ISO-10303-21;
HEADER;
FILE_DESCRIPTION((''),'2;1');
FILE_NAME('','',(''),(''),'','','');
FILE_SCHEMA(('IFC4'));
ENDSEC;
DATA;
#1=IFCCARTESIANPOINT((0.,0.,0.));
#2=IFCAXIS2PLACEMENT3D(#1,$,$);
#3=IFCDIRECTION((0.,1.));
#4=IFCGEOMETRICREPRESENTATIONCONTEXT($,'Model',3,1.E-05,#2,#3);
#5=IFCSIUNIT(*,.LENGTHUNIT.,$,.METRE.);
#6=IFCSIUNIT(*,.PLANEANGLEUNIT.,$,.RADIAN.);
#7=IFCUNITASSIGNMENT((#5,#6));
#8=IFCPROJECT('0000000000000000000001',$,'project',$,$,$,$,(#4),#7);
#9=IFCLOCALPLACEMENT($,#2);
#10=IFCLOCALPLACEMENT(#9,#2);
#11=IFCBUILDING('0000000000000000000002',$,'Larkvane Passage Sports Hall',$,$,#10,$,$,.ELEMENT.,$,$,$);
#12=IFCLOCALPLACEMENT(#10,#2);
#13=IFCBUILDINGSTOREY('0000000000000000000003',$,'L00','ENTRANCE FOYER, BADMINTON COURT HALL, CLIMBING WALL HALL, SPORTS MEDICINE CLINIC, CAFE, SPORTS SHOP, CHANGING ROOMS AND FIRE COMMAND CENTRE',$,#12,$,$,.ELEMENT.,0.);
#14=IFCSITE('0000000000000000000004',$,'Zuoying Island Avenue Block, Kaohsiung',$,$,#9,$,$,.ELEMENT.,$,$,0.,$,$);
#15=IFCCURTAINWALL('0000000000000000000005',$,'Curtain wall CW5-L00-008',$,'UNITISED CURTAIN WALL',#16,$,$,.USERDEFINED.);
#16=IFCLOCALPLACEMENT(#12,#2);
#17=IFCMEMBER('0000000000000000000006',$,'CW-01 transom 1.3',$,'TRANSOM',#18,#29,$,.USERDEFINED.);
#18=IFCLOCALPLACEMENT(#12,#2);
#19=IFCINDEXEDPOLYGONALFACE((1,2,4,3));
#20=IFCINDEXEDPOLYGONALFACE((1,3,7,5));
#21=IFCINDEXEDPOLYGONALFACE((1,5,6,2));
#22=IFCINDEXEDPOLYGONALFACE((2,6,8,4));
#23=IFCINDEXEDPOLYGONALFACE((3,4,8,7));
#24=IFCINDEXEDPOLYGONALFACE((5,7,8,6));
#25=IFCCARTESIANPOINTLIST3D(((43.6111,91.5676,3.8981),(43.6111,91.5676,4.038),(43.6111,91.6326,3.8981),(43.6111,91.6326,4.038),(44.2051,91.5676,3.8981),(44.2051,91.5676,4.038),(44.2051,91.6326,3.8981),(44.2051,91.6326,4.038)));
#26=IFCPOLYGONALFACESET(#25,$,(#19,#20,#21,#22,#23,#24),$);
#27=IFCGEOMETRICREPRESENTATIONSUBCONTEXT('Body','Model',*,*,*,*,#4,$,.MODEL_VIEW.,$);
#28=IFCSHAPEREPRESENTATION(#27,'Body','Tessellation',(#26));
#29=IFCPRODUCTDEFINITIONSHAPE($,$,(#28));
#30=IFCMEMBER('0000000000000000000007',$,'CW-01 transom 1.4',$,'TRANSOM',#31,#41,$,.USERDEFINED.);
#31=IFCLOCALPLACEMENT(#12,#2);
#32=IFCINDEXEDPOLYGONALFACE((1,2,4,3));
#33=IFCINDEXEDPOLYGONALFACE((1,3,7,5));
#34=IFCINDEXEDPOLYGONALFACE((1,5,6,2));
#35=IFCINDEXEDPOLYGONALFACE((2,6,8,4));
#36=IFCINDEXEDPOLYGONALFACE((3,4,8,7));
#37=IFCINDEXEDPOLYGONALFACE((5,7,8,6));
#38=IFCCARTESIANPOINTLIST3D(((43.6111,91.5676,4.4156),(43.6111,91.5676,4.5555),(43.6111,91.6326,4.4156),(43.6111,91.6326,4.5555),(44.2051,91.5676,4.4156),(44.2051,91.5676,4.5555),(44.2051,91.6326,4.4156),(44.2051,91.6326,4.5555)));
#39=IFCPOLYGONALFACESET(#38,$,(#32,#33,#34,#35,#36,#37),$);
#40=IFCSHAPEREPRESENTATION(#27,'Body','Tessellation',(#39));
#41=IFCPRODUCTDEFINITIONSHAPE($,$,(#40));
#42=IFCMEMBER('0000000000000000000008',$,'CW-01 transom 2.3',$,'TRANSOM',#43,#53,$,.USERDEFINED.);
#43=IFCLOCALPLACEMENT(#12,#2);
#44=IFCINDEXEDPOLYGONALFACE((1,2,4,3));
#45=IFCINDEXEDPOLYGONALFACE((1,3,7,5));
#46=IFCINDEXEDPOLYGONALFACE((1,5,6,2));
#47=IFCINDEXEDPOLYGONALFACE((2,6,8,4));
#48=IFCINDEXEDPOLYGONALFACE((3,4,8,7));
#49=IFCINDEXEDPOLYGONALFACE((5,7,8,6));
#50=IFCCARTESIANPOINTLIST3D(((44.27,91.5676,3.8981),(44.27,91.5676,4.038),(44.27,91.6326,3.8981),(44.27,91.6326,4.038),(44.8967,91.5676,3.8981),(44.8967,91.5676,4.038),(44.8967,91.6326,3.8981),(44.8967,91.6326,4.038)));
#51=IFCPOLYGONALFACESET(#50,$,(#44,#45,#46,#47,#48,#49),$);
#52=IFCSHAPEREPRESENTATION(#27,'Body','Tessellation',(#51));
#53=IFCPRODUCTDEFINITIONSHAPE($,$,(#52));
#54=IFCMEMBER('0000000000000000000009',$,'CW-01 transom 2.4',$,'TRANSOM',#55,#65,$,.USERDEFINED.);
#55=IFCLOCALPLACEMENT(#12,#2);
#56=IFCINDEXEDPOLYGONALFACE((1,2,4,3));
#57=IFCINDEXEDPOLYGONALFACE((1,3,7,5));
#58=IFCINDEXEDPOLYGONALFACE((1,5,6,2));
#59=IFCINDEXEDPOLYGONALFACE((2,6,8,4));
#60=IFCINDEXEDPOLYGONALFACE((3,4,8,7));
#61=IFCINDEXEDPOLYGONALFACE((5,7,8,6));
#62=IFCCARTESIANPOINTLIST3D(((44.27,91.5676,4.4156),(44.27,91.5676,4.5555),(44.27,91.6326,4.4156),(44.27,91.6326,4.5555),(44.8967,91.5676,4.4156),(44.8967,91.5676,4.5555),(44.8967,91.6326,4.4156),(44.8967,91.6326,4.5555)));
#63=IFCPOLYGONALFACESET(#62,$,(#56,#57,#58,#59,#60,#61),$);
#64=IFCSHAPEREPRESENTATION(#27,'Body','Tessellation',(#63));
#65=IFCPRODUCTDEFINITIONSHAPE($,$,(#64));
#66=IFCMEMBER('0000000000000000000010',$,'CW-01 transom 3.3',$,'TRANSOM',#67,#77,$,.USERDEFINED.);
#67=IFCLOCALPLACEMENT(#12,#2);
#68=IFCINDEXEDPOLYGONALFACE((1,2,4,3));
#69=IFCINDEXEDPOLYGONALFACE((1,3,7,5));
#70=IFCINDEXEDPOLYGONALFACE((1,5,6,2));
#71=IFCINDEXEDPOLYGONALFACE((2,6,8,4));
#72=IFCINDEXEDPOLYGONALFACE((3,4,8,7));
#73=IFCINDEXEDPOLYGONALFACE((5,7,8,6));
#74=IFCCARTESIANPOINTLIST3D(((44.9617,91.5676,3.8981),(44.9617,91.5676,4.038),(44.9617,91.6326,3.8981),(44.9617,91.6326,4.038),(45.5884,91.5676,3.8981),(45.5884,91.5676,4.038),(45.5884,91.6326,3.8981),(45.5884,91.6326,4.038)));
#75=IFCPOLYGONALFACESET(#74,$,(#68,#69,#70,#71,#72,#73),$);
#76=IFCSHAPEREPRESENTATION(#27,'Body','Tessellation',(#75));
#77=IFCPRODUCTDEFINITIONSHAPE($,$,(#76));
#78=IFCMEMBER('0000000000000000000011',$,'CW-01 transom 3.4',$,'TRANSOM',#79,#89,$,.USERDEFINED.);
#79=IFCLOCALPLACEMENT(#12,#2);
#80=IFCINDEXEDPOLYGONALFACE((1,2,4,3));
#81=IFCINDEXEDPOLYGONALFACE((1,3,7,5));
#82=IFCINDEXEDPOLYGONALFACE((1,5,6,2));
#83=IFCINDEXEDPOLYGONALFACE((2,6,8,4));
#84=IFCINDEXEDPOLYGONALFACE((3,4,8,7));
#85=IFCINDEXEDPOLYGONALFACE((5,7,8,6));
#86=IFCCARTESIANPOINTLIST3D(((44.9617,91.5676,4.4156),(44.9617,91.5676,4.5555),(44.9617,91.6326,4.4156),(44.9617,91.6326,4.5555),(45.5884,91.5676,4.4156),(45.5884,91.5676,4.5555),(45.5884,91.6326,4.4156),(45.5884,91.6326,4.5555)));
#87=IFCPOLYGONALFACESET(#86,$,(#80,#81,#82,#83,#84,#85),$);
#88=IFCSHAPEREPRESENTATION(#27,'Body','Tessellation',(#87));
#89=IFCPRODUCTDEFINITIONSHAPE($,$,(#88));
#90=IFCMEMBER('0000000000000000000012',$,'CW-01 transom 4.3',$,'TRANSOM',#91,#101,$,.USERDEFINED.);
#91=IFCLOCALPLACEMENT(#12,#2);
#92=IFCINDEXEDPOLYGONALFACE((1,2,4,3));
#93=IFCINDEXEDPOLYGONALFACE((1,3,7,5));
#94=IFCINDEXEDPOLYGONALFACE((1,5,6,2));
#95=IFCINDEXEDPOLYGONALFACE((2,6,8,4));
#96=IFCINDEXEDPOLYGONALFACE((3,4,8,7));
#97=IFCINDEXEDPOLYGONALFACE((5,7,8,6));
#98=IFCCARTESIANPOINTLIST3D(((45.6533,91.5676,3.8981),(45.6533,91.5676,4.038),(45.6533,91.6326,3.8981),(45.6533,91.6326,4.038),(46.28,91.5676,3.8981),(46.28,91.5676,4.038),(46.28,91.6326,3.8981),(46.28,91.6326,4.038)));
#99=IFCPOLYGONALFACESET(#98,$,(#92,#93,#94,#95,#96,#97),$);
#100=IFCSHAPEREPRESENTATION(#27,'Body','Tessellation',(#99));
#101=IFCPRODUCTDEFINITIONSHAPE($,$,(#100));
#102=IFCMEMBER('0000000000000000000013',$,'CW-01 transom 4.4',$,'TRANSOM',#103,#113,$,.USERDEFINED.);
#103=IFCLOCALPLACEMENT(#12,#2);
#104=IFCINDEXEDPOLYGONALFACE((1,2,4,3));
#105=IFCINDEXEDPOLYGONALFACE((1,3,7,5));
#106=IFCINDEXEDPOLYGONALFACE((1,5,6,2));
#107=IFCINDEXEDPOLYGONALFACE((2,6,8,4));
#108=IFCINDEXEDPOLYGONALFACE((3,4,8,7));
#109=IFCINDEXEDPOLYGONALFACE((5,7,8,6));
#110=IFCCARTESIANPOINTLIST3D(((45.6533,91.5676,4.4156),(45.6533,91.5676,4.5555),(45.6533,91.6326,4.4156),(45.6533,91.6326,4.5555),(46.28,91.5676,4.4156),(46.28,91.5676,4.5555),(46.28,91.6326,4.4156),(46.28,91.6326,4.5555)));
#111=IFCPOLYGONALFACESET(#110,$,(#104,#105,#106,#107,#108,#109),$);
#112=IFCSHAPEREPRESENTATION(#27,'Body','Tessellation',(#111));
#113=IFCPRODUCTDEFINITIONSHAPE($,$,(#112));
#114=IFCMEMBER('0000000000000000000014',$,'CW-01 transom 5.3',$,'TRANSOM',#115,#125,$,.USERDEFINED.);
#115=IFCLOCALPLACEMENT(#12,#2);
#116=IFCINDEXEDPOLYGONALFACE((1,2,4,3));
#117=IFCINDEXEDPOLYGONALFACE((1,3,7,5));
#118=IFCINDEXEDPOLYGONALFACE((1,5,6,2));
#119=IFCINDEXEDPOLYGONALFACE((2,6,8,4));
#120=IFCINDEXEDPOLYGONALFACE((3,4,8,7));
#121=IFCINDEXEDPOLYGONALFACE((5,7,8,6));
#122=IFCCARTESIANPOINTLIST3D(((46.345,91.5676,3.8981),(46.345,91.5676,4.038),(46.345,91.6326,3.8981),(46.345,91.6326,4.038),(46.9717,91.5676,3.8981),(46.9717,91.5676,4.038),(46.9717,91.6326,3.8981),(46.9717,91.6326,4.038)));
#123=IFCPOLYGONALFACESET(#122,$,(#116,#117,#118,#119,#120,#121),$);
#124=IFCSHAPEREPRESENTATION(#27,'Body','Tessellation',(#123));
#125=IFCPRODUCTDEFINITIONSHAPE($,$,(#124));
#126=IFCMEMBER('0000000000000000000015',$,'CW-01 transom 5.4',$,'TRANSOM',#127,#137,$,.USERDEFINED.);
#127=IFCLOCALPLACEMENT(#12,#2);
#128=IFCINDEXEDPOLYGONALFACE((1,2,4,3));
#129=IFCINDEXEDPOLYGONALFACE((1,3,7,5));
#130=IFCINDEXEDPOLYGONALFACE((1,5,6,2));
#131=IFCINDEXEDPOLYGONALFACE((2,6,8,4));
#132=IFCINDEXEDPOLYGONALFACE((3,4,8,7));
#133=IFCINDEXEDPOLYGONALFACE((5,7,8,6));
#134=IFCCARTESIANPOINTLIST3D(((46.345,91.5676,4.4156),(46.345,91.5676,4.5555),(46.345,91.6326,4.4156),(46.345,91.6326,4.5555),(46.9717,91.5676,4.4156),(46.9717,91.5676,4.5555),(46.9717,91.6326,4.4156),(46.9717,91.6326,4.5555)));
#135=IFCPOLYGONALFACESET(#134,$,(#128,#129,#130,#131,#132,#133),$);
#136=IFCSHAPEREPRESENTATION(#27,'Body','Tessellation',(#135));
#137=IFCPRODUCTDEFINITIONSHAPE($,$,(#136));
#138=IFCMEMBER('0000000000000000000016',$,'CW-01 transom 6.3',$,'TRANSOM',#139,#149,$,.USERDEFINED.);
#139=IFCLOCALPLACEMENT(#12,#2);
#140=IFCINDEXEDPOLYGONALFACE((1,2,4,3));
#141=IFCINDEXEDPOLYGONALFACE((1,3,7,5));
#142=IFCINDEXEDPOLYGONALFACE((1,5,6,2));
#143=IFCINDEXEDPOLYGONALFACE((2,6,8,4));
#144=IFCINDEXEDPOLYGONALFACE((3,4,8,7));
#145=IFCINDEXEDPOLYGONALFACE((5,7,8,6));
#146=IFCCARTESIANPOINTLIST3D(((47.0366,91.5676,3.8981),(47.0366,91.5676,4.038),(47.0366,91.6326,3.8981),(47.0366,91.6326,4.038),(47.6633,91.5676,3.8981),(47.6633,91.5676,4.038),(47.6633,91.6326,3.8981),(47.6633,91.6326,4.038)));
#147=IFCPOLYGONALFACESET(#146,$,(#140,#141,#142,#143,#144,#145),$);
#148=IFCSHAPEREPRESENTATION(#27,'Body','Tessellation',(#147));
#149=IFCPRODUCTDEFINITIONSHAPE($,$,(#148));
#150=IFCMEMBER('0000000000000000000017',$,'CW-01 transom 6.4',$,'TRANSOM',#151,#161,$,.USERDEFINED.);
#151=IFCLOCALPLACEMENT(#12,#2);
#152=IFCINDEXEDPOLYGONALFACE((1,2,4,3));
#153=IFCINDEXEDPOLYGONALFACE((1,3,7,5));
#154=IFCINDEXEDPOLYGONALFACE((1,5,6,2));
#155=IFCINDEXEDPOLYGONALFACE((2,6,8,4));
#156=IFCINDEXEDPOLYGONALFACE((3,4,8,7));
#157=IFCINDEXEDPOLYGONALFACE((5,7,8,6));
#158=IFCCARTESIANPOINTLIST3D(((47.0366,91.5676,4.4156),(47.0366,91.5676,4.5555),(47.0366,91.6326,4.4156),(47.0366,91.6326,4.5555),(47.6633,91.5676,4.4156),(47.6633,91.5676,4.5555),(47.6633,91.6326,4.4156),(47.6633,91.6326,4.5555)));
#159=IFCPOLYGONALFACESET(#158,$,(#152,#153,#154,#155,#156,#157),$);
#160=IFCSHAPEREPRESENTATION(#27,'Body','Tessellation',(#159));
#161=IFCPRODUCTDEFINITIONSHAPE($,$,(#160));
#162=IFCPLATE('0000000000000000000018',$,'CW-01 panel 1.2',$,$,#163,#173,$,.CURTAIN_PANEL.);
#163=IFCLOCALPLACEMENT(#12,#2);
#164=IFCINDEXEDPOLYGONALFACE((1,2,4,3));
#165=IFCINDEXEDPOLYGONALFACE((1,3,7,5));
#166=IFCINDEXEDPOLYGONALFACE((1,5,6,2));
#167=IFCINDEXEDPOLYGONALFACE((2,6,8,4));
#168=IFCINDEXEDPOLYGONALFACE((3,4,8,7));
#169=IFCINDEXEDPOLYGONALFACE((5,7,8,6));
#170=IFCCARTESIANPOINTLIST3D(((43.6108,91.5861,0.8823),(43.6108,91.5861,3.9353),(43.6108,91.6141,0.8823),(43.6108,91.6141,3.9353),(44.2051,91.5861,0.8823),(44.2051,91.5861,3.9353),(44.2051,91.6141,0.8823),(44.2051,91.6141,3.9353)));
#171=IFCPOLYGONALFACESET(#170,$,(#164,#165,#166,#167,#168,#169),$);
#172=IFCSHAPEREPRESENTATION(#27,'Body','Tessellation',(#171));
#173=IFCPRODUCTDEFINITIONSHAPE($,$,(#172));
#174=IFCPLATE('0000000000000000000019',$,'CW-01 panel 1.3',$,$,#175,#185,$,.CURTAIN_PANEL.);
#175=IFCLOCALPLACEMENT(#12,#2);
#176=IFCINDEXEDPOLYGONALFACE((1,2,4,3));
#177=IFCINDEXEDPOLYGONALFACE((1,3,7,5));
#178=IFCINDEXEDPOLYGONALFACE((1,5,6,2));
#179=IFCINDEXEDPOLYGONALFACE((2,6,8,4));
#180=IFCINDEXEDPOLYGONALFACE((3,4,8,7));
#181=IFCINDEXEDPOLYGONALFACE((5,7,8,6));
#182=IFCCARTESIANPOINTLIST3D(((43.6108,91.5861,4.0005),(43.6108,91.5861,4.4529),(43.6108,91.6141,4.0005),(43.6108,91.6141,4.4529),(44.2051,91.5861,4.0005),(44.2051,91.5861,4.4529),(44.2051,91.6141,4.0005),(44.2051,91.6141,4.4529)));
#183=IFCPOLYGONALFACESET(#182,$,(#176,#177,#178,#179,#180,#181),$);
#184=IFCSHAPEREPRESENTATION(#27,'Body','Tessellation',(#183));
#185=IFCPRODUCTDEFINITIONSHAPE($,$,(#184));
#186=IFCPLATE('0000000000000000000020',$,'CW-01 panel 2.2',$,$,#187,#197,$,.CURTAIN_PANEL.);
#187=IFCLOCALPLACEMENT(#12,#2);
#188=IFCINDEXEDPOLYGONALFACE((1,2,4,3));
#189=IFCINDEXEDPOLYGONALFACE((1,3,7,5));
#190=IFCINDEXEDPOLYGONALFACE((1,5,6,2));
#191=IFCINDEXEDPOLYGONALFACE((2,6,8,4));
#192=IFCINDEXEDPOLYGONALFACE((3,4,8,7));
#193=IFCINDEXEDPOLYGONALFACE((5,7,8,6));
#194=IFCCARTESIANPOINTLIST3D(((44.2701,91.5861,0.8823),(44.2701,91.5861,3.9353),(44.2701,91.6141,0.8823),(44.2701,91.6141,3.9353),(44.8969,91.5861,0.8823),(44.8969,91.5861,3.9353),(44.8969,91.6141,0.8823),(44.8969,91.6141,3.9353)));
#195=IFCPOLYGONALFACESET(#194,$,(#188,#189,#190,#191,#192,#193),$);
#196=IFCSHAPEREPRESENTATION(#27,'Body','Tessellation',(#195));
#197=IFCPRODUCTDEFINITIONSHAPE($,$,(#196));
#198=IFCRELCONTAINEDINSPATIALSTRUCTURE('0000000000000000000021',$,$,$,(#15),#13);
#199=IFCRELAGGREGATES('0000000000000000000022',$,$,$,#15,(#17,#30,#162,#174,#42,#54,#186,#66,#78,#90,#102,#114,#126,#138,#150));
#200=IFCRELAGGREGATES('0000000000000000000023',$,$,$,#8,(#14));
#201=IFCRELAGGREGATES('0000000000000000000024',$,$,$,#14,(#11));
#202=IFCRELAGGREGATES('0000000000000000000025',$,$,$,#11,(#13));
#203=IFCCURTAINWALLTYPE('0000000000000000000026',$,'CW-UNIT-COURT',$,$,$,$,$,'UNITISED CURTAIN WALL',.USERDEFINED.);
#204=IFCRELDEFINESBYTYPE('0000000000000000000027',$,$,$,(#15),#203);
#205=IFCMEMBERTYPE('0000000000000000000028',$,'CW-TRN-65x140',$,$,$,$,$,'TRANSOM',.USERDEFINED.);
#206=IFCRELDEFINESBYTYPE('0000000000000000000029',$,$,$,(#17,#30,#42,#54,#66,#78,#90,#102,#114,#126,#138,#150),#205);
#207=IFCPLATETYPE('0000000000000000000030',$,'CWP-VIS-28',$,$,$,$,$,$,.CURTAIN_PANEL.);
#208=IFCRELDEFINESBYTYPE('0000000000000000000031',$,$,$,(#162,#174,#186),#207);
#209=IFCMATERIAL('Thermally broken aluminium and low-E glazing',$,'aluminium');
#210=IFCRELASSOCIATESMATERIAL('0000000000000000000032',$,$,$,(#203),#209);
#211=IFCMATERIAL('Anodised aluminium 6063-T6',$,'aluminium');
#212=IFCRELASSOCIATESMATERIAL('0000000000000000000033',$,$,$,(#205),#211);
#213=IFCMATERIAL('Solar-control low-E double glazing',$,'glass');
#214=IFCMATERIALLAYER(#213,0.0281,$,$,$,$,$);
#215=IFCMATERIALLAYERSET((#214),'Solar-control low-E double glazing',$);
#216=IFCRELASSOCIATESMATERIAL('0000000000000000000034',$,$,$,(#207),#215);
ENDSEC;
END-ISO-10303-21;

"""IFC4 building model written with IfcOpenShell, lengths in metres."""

from ifc_helpers import new_model, si_unit, direction, frame, origin, origin_2d, place, context, subcontext, project, spatial, rectangle, extrude, material, layer, layer_set, material_profile, profile_set, type_object, element, aggregate, save


model = new_model("IFC4")

# Units and contexts
model_context = context("Model", 3, precision=1e-05, world=origin(), true_north=direction((0.0, 1.0)))
body_context = subcontext(model_context, "Body", "Model", "MODEL_VIEW")
ifc_project = project(units=[si_unit("LENGTHUNIT", "METRE"), si_unit("PLANEANGLEUNIT", "RADIAN")], contexts=[model_context])

# Site, building, storey
site_placement = place(None, origin())
site = spatial("IfcSite", under=ifc_project, at=site_placement, Name="Zuoying Island Avenue Block, Kaohsiung", CompositionType="ELEMENT", RefElevation=0.0)
building_placement = place(site_placement, origin())
building = spatial("IfcBuilding", under=site, at=building_placement, Name="Larkvane Passage Sports Hall", CompositionType="ELEMENT")
storey_placement = place(building_placement, origin())
storey = spatial("IfcBuildingStorey", under=building, at=storey_placement, Name="L00", Description="ENTRANCE FOYER, BADMINTON COURT HALL, CLIMBING WALL HALL, SPORTS MEDICINE CLINIC, CAFE, SPORTS SHOP, CHANGING ROOMS AND FIRE COMMAND CENTRE", CompositionType="ELEMENT", Elevation=0.0)

# Curtain wall, members, plates
ifc_material_1 = material(Name="Thermally broken aluminium and low-E glazing", Category="aluminium")
curtain_wall_type = type_object("IfcCurtainWallType", Name="CW-UNIT-COURT", ElementType="UNITISED CURTAIN WALL", PredefinedType="USERDEFINED", material=ifc_material_1)
curtain_wall_placement = place(storey_placement, origin())
curtain_wall = element("IfcCurtainWall", 1, at=curtain_wall_placement, inside=storey, type_object=curtain_wall_type, Name="Curtain wall CW5-L00-008", ObjectType="UNITISED CURTAIN WALL", PredefinedType="USERDEFINED")
ifc_material_2 = material(Name="Anodised aluminium 6063-T6", Category="aluminium")
ifc_material_profile = material_profile(ifc_material_2, rectangle(XDim=0.0649, YDim=0.1399, at=origin_2d()), Name="ALU-TRN-65x140")
ifc_profile_set = profile_set([ifc_material_profile], Name="Anodised aluminium 6063-T6")
member_type = type_object("IfcMemberType", Name="CW-TRN-65x140", ElementType="TRANSOM", PredefinedType="USERDEFINED", material=ifc_profile_set)
member_1_placement = place(storey_placement, frame((43.6111, 91.6001, 3.968), z_axis=(1.0, 0.0, 0.0), x_axis=(0.0, 1.0, 0.0)))
member_1 = element("IfcMember", 2, at=member_1_placement, type_object=member_type, Name="CW-01 transom 1.3", ObjectType="TRANSOM", PredefinedType="USERDEFINED", context=body_context, shape_type="SweptSolid", body=[
    extrude(rectangle(XDim=0.0649, YDim=0.1399, at=origin_2d()), origin(), (0.0, 0.0, 1.0), 0.594),
])
member_2_placement = place(storey_placement, frame((43.6111, 91.6001, 4.4856), z_axis=(1.0, 0.0, 0.0), x_axis=(0.0, 1.0, 0.0)))
member_2 = element("IfcMember", 3, at=member_2_placement, type_object=member_type, Name="CW-01 transom 1.4", ObjectType="TRANSOM", PredefinedType="USERDEFINED", context=body_context, shape_type="SweptSolid", body=[
    extrude(rectangle(XDim=0.0649, YDim=0.1399, at=origin_2d()), origin(), (0.0, 0.0, 1.0), 0.594),
])
member_3_placement = place(storey_placement, frame((44.27, 91.6001, 3.968), z_axis=(1.0, 0.0, 0.0), x_axis=(0.0, 1.0, 0.0)))
member_3 = element("IfcMember", 4, at=member_3_placement, type_object=member_type, Name="CW-01 transom 2.3", ObjectType="TRANSOM", PredefinedType="USERDEFINED", context=body_context, shape_type="SweptSolid", body=[
    extrude(rectangle(XDim=0.0649, YDim=0.1399, at=origin_2d()), origin(), (0.0, 0.0, 1.0), 0.6267),
])
member_4_placement = place(storey_placement, frame((44.27, 91.6001, 4.4856), z_axis=(1.0, 0.0, 0.0), x_axis=(0.0, 1.0, 0.0)))
member_4 = element("IfcMember", 5, at=member_4_placement, type_object=member_type, Name="CW-01 transom 2.4", ObjectType="TRANSOM", PredefinedType="USERDEFINED", context=body_context, shape_type="SweptSolid", body=[
    extrude(rectangle(XDim=0.0649, YDim=0.1399, at=origin_2d()), origin(), (0.0, 0.0, 1.0), 0.6267),
])
member_5_placement = place(storey_placement, frame((44.9617, 91.6001, 3.968), z_axis=(1.0, 0.0, 0.0), x_axis=(0.0, 1.0, 0.0)))
member_5 = element("IfcMember", 6, at=member_5_placement, type_object=member_type, Name="CW-01 transom 3.3", ObjectType="TRANSOM", PredefinedType="USERDEFINED", context=body_context, shape_type="SweptSolid", body=[
    extrude(rectangle(XDim=0.0649, YDim=0.1399, at=origin_2d()), origin(), (0.0, 0.0, 1.0), 0.6267),
])
member_6_placement = place(storey_placement, frame((44.9617, 91.6001, 4.4856), z_axis=(1.0, 0.0, 0.0), x_axis=(0.0, 1.0, 0.0)))
member_6 = element("IfcMember", 7, at=member_6_placement, type_object=member_type, Name="CW-01 transom 3.4", ObjectType="TRANSOM", PredefinedType="USERDEFINED", context=body_context, shape_type="SweptSolid", body=[
    extrude(rectangle(XDim=0.0649, YDim=0.1399, at=origin_2d()), origin(), (0.0, 0.0, 1.0), 0.6267),
])
member_7_placement = place(storey_placement, frame((45.6533, 91.6001, 3.968), z_axis=(1.0, 0.0, 0.0), x_axis=(0.0, 1.0, 0.0)))
member_7 = element("IfcMember", 8, at=member_7_placement, type_object=member_type, Name="CW-01 transom 4.3", ObjectType="TRANSOM", PredefinedType="USERDEFINED", context=body_context, shape_type="SweptSolid", body=[
    extrude(rectangle(XDim=0.0649, YDim=0.1399, at=origin_2d()), origin(), (0.0, 0.0, 1.0), 0.6267),
])
member_8_placement = place(storey_placement, frame((45.6533, 91.6001, 4.4856), z_axis=(1.0, 0.0, 0.0), x_axis=(0.0, 1.0, 0.0)))
member_8 = element("IfcMember", 9, at=member_8_placement, type_object=member_type, Name="CW-01 transom 4.4", ObjectType="TRANSOM", PredefinedType="USERDEFINED", context=body_context, shape_type="SweptSolid", body=[
    extrude(rectangle(XDim=0.0649, YDim=0.1399, at=origin_2d()), origin(), (0.0, 0.0, 1.0), 0.6267),
])
member_9_placement = place(storey_placement, frame((46.345, 91.6001, 3.968), z_axis=(1.0, 0.0, 0.0), x_axis=(0.0, 1.0, 0.0)))
member_9 = element("IfcMember", 10, at=member_9_placement, type_object=member_type, Name="CW-01 transom 5.3", ObjectType="TRANSOM", PredefinedType="USERDEFINED", context=body_context, shape_type="SweptSolid", body=[
    extrude(rectangle(XDim=0.0649, YDim=0.1399, at=origin_2d()), origin(), (0.0, 0.0, 1.0), 0.6267),
])
member_10_placement = place(storey_placement, frame((46.345, 91.6001, 4.4856), z_axis=(1.0, 0.0, 0.0), x_axis=(0.0, 1.0, 0.0)))
member_10 = element("IfcMember", 11, at=member_10_placement, type_object=member_type, Name="CW-01 transom 5.4", ObjectType="TRANSOM", PredefinedType="USERDEFINED", context=body_context, shape_type="SweptSolid", body=[
    extrude(rectangle(XDim=0.0649, YDim=0.1399, at=origin_2d()), origin(), (0.0, 0.0, 1.0), 0.6267),
])
member_11_placement = place(storey_placement, frame((47.0366, 91.6001, 3.968), z_axis=(1.0, 0.0, 0.0), x_axis=(0.0, 1.0, 0.0)))
member_11 = element("IfcMember", 12, at=member_11_placement, type_object=member_type, Name="CW-01 transom 6.3", ObjectType="TRANSOM", PredefinedType="USERDEFINED", context=body_context, shape_type="SweptSolid", body=[
    extrude(rectangle(XDim=0.0649, YDim=0.1399, at=origin_2d()), origin(), (0.0, 0.0, 1.0), 0.6267),
])
member_12_placement = place(storey_placement, frame((47.0366, 91.6001, 4.4856), z_axis=(1.0, 0.0, 0.0), x_axis=(0.0, 1.0, 0.0)))
member_12 = element("IfcMember", 13, at=member_12_placement, type_object=member_type, Name="CW-01 transom 6.4", ObjectType="TRANSOM", PredefinedType="USERDEFINED", context=body_context, shape_type="SweptSolid", body=[
    extrude(rectangle(XDim=0.0649, YDim=0.1399, at=origin_2d()), origin(), (0.0, 0.0, 1.0), 0.6267),
])
ifc_material_3 = material(Name="Solar-control low-E double glazing", Category="glass")
ifc_layer = layer(ifc_material_3, 0.0281)
ifc_layer_set = layer_set([ifc_layer], Name="Solar-control low-E double glazing")
plate_type = type_object("IfcPlateType", Name="CWP-VIS-28", PredefinedType="CURTAIN_PANEL", material=ifc_layer_set)
plate_1_placement = place(storey_placement, frame((43.908, 91.6001, 0.8823), z_axis=(0.0, 0.0, 1.0), x_axis=(1.0, 0.0, 0.0)))
plate_1 = element("IfcPlate", 14, at=plate_1_placement, type_object=plate_type, Name="CW-01 panel 1.2", PredefinedType="CURTAIN_PANEL", context=body_context, shape_type="SweptSolid", body=[
    extrude(rectangle(XDim=0.5942, YDim=0.0281, at=origin_2d()), origin(), (0.0, 0.0, 1.0), 3.053),
])
plate_2_placement = place(storey_placement, frame((43.908, 91.6001, 4.0005), z_axis=(0.0, 0.0, 1.0), x_axis=(1.0, 0.0, 0.0)))
plate_2 = element("IfcPlate", 15, at=plate_2_placement, type_object=plate_type, Name="CW-01 panel 1.3", PredefinedType="CURTAIN_PANEL", context=body_context, shape_type="SweptSolid", body=[
    extrude(rectangle(XDim=0.5942, YDim=0.0281, at=origin_2d()), origin(), (0.0, 0.0, 1.0), 0.4524),
])
plate_3_placement = place(storey_placement, frame((44.5835, 91.6001, 0.8823), z_axis=(0.0, 0.0, 1.0), x_axis=(1.0, 0.0, 0.0)))
plate_3 = element("IfcPlate", 16, at=plate_3_placement, type_object=plate_type, Name="CW-01 panel 2.2", PredefinedType="CURTAIN_PANEL", context=body_context, shape_type="SweptSolid", body=[
    extrude(rectangle(XDim=0.6267, YDim=0.0281, at=origin_2d()), origin(), (0.0, 0.0, 1.0), 3.053),
])
aggregate(curtain_wall, [member_1, member_2, plate_1, plate_2, member_3, member_4, plate_3, member_5, member_6, member_7, member_8, member_9, member_10, member_11, member_12])

save(model, "model.ifc")
